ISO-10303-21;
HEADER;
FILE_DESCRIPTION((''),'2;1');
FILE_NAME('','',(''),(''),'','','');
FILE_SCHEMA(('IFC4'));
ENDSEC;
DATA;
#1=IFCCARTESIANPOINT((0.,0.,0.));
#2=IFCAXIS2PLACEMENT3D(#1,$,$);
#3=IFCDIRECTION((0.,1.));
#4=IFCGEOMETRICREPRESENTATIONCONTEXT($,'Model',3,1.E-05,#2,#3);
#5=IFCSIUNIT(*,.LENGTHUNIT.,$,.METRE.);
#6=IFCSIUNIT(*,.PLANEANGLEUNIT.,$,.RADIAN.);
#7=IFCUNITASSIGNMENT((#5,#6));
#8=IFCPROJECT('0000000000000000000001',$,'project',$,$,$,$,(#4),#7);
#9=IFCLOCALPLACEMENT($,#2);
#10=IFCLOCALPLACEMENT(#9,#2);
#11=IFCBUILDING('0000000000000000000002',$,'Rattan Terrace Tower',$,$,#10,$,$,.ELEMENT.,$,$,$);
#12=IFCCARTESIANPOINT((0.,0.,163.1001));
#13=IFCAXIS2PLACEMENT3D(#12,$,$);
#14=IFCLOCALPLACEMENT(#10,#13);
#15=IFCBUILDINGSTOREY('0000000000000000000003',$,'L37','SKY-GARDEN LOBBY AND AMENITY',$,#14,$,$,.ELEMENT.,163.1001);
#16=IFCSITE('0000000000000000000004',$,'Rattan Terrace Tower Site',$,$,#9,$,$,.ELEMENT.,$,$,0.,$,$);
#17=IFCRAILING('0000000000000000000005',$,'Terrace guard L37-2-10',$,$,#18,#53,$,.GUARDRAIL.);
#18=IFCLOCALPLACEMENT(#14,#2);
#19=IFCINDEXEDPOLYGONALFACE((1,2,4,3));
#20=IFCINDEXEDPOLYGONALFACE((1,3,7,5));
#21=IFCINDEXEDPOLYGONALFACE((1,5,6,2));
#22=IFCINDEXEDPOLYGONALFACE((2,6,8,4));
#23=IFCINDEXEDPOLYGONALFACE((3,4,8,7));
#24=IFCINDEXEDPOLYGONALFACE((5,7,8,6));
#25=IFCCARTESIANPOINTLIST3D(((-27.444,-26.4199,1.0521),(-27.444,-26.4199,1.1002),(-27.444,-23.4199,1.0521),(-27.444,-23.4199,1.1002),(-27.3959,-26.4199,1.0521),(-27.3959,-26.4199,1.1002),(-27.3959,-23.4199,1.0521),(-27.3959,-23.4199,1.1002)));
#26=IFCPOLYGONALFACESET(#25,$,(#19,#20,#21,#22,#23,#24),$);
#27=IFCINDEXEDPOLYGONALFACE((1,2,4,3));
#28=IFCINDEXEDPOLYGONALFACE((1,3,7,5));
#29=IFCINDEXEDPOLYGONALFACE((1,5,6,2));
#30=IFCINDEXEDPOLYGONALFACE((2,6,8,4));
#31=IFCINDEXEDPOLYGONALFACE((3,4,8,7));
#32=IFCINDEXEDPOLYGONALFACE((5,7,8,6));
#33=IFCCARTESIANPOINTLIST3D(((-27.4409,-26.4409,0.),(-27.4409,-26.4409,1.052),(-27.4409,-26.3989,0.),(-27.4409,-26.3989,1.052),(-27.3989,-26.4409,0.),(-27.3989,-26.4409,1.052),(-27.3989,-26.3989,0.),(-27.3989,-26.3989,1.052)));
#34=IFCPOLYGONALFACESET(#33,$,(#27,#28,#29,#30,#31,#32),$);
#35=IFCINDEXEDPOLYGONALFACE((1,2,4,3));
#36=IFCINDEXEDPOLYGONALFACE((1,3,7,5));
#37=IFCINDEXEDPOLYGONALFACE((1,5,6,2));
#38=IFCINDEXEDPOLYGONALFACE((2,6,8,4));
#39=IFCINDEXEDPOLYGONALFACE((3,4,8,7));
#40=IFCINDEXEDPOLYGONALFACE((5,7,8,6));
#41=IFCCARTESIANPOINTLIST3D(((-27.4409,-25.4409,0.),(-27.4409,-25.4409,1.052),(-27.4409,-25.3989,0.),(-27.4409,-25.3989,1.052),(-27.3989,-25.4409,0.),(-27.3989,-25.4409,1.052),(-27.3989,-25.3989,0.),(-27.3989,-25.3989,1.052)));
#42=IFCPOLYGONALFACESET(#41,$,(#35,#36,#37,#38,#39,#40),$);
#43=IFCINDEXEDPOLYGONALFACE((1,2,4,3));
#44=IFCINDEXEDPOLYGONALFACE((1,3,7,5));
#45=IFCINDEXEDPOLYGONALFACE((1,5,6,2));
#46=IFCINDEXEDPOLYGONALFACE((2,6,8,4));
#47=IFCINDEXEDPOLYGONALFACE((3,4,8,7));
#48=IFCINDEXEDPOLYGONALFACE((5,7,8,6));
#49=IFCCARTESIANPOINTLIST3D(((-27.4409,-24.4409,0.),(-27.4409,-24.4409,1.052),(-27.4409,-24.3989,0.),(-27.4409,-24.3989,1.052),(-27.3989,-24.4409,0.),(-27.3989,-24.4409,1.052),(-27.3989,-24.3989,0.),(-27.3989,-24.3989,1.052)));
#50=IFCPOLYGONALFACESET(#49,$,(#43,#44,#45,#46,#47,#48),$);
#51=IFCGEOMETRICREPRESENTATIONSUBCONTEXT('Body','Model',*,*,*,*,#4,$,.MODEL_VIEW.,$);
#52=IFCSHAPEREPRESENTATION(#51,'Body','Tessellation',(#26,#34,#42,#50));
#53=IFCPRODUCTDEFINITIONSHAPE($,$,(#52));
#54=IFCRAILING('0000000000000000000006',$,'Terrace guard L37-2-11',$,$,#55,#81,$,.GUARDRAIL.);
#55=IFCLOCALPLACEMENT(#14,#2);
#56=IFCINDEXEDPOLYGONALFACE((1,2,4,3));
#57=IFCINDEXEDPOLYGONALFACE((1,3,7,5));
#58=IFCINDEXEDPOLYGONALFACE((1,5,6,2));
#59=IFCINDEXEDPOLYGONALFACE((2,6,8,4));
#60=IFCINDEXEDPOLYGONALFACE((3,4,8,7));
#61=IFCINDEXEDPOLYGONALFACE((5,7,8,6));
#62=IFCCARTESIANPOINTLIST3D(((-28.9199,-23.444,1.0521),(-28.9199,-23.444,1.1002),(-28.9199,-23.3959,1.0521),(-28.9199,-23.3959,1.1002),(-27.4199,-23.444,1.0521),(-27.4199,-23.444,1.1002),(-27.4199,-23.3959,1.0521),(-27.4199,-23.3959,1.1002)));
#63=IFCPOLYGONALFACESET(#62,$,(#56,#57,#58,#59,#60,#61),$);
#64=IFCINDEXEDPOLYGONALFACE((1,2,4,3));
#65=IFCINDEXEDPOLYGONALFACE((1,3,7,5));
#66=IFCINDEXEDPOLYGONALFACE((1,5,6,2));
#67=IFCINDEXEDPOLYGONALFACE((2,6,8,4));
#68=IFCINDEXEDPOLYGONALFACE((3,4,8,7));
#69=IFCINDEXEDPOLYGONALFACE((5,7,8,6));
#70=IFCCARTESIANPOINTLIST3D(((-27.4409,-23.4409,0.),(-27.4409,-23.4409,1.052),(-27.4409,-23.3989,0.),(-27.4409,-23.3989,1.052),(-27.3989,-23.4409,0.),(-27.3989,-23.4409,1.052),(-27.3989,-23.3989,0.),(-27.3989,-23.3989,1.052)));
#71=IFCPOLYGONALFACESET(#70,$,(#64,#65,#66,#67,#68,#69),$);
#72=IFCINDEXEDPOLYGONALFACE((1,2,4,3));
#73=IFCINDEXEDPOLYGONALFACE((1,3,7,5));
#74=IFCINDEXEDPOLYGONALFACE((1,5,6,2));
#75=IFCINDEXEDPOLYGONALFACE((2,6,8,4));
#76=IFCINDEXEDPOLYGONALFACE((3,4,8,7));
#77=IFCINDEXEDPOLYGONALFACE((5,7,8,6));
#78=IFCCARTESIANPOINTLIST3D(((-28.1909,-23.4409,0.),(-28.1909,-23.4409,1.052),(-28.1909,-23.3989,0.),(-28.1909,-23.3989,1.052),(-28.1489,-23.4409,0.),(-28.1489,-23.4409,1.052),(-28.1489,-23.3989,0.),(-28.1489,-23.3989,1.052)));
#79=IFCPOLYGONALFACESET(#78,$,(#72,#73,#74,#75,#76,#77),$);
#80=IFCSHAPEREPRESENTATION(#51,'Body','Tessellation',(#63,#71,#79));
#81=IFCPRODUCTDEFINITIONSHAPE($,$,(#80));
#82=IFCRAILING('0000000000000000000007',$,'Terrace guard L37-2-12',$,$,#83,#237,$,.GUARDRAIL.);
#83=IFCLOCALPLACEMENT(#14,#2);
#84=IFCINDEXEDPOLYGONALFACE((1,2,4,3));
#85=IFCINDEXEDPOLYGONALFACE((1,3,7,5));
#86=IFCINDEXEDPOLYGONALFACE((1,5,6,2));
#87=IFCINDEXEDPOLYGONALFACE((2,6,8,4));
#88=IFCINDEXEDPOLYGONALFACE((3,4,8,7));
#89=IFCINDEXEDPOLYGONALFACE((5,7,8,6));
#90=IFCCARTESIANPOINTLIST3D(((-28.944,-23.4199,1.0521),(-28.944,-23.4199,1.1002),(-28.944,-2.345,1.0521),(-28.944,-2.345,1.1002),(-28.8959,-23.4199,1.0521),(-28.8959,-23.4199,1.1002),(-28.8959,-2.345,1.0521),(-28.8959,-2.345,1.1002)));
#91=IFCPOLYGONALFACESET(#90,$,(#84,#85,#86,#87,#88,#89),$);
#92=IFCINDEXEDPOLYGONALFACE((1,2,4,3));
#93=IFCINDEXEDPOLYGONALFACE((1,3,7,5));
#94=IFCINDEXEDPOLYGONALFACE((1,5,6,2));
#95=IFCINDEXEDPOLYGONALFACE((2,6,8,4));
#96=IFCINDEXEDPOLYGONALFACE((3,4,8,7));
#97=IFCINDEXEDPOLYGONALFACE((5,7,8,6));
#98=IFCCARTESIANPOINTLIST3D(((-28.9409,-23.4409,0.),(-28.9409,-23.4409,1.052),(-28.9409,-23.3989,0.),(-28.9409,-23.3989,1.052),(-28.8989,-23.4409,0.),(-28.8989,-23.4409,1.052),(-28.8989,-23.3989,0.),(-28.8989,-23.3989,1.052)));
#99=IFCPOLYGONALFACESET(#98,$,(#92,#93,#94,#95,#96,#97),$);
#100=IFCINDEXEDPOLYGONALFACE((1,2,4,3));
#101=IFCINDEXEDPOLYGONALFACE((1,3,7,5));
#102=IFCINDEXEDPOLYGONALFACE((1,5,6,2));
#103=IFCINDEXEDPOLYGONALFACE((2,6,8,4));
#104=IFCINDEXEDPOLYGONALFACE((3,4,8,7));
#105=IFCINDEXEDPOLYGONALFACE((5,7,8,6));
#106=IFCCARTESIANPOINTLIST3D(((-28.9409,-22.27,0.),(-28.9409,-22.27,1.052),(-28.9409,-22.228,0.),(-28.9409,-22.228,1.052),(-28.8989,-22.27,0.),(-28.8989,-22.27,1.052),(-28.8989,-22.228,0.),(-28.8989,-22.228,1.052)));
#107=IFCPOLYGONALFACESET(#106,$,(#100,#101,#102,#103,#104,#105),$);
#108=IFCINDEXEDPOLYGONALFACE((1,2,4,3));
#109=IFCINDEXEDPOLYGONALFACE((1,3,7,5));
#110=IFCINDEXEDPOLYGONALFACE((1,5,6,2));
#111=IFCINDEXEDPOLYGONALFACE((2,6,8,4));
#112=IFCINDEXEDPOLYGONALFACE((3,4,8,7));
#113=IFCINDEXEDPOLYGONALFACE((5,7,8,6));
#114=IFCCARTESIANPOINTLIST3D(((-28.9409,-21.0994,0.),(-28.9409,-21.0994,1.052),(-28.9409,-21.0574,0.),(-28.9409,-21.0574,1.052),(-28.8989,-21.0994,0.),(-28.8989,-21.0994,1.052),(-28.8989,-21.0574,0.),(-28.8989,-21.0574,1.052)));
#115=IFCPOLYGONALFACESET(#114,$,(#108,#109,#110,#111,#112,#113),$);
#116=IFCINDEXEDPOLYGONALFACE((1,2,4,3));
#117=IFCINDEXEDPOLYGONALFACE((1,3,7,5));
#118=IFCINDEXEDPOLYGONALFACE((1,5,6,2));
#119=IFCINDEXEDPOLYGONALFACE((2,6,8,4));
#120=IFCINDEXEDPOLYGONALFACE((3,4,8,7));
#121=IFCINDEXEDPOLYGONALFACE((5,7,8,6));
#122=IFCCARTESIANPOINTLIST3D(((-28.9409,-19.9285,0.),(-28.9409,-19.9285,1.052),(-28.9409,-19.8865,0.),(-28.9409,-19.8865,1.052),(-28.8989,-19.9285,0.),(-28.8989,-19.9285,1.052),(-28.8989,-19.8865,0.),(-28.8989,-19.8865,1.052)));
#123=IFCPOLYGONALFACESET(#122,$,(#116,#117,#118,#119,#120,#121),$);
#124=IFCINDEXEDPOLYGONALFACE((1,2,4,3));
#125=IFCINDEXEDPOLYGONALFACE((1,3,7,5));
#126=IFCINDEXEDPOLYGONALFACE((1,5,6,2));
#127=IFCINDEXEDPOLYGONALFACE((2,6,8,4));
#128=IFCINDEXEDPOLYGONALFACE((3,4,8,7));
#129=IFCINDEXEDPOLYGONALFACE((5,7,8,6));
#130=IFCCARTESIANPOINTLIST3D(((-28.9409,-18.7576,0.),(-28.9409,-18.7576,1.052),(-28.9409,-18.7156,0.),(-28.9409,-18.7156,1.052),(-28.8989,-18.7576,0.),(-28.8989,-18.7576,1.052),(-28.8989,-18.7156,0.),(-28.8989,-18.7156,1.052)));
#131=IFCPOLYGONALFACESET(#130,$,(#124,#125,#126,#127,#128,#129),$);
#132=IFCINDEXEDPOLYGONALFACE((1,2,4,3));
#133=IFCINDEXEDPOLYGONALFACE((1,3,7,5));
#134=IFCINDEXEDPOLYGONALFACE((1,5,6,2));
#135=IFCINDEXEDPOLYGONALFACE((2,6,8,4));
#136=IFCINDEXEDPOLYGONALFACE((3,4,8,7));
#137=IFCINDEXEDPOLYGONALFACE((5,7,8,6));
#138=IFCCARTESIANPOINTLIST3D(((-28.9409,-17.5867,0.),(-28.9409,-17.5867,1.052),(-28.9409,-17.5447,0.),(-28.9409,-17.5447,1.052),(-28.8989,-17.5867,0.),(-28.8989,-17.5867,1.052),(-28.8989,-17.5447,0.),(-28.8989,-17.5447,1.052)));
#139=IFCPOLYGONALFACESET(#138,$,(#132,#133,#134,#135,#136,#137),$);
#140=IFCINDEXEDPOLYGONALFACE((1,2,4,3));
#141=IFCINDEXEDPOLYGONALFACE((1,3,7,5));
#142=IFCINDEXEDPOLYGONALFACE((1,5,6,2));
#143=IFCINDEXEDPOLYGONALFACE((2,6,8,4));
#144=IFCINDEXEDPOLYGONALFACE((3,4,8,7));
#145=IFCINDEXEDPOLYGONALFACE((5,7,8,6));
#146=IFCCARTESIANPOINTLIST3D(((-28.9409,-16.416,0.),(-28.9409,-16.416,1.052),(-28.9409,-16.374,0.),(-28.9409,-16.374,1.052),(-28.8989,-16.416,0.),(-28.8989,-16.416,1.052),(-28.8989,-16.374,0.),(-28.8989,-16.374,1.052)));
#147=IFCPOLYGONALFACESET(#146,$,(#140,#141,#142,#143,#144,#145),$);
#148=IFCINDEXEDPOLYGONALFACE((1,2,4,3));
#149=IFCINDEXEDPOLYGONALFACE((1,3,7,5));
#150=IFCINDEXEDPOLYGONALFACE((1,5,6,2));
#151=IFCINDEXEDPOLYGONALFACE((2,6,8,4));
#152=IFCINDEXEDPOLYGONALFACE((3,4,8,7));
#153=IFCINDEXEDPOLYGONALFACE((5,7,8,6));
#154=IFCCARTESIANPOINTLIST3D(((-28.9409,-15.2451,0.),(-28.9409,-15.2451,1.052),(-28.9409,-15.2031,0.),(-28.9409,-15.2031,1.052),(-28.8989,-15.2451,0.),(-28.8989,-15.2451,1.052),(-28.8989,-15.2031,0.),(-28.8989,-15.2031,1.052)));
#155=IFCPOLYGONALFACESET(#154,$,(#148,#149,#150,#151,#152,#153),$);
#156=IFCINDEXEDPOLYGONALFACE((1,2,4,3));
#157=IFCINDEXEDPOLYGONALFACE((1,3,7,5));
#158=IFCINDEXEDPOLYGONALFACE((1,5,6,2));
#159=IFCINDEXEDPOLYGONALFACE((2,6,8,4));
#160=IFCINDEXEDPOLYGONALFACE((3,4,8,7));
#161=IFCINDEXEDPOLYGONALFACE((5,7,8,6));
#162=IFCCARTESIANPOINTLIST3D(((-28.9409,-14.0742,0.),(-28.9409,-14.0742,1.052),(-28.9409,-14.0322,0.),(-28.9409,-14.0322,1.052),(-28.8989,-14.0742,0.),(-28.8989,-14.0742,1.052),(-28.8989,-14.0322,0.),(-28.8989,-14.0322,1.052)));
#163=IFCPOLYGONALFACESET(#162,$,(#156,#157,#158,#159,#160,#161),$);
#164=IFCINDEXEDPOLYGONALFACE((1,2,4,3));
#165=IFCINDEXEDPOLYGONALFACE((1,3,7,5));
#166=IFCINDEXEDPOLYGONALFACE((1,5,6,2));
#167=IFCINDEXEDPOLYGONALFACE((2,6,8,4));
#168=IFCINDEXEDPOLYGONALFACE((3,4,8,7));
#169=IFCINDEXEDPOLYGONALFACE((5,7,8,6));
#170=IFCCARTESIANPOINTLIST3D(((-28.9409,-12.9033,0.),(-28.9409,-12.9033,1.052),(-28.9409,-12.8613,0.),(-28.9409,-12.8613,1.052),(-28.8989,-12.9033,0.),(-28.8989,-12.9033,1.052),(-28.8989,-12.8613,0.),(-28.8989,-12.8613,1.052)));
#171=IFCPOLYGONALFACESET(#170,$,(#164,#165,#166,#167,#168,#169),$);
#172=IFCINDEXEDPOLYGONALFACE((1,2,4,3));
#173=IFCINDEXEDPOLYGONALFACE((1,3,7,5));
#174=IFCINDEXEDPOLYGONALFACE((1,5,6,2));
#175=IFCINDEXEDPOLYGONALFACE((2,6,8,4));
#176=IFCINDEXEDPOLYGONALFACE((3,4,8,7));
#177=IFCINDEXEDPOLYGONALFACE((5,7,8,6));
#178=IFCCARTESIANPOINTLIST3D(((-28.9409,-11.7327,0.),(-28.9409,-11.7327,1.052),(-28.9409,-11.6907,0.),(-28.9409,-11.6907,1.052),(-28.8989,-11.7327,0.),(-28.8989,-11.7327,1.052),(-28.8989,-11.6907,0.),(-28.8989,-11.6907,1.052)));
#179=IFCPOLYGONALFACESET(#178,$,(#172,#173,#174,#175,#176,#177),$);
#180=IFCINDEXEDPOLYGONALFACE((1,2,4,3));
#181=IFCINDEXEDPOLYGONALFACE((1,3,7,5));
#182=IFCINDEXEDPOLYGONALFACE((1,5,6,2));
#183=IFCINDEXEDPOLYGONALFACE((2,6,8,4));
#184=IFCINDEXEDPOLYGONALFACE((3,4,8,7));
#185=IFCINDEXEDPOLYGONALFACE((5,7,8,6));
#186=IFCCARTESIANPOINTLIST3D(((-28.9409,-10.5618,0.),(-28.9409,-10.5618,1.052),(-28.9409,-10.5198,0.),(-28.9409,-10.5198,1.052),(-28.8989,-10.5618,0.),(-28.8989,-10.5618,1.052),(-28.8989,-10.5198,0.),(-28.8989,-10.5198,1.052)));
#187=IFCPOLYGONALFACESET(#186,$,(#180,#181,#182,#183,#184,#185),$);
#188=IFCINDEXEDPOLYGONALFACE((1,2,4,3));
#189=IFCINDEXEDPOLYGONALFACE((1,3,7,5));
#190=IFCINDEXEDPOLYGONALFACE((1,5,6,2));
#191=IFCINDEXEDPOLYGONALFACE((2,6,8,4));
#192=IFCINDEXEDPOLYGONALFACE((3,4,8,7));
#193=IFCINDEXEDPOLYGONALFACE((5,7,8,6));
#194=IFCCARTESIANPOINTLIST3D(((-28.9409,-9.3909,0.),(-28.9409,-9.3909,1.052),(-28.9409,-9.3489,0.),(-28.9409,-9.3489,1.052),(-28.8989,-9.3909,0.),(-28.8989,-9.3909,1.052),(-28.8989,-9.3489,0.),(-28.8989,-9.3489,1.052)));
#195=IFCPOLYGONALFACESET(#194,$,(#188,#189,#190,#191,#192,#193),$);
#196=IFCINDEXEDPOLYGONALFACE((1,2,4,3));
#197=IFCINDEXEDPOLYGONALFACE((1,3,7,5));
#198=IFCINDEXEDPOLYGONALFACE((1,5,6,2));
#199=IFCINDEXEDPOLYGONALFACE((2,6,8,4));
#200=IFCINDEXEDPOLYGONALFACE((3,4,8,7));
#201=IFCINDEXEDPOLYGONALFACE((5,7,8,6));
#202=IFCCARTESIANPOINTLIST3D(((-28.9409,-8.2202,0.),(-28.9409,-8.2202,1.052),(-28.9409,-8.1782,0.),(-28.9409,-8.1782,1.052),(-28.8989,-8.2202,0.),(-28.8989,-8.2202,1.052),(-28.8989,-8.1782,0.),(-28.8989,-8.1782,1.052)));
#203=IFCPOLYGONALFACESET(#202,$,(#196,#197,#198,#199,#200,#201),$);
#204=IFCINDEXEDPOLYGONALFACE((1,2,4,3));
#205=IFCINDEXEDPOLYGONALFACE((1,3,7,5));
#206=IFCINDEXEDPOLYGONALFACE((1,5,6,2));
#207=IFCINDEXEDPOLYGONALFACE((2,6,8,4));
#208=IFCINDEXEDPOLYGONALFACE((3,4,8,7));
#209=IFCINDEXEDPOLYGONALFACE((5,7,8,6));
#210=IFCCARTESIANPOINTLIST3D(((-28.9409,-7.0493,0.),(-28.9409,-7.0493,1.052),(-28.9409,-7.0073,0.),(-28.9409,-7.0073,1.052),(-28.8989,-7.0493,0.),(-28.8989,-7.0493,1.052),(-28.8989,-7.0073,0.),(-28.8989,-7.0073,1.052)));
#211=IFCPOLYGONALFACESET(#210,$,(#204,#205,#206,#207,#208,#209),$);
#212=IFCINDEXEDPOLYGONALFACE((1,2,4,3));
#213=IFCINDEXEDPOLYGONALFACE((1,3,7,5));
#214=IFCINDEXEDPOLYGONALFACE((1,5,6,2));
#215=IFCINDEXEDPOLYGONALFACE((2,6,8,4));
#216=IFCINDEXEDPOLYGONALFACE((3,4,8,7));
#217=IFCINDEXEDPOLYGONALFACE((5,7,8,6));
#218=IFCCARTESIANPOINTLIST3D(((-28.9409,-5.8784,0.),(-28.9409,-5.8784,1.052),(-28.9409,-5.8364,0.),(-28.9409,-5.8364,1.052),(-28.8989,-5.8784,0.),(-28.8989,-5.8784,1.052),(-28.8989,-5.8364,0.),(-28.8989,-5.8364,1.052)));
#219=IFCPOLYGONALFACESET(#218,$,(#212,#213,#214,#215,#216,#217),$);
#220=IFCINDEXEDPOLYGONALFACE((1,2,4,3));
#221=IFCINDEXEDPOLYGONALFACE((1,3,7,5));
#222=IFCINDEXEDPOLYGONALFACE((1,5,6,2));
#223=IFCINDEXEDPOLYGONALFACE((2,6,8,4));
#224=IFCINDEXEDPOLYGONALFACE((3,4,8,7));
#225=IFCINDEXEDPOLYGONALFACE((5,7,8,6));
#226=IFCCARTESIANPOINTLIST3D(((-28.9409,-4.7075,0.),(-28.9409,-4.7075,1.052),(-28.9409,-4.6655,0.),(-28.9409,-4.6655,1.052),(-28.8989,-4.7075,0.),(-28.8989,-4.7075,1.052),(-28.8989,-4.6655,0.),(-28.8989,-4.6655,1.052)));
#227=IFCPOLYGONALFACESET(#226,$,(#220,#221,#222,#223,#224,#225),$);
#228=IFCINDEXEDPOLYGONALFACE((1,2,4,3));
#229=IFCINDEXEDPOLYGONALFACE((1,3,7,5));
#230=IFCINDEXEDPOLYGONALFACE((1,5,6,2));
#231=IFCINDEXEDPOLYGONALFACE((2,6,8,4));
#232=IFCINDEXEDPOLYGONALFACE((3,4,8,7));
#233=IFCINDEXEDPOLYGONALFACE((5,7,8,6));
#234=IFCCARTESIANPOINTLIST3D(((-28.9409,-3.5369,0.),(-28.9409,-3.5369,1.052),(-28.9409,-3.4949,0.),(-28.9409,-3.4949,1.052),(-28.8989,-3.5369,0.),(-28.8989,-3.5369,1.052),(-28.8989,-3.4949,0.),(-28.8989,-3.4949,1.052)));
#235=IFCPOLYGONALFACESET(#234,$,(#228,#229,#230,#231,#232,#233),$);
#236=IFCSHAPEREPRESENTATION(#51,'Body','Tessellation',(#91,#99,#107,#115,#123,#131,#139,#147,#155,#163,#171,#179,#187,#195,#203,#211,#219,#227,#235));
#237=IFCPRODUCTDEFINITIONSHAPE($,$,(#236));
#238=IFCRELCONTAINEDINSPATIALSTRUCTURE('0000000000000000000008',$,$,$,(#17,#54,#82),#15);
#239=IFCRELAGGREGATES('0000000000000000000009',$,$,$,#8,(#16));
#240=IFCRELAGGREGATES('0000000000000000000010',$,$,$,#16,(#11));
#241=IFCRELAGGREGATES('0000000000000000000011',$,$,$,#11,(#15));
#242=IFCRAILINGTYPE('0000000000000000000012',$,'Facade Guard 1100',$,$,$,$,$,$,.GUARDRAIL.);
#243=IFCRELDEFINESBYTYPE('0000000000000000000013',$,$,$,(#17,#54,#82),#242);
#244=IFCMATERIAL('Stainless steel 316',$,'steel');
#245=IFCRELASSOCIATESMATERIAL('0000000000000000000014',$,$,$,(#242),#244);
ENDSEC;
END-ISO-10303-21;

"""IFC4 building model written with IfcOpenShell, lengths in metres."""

from ifc_helpers import new_model, si_unit, direction, frame, origin, origin_2d, place, context, subcontext, project, spatial, rectangle, extrude, material, type_object, element, save


model = new_model("IFC4")

# Units and contexts
model_context = context("Model", 3, precision=1e-05, world=origin(), true_north=direction((0.0, 1.0)))
body_context = subcontext(model_context, "Body", "Model", "MODEL_VIEW")
ifc_project = project(units=[si_unit("LENGTHUNIT", "METRE"), si_unit("PLANEANGLEUNIT", "RADIAN")], contexts=[model_context])

# Site, building, storey
site_placement = place(None, origin())
site = spatial("IfcSite", under=ifc_project, at=site_placement, Name="Rattan Terrace Tower Site", CompositionType="ELEMENT", RefElevation=0.0)
building_placement = place(site_placement, origin())
building = spatial("IfcBuilding", under=site, at=building_placement, Name="Rattan Terrace Tower", CompositionType="ELEMENT")
storey_placement = place(building_placement, frame((0.0, 0.0, 163.1001)))
storey = spatial("IfcBuildingStorey", under=building, at=storey_placement, Name="L37", Description="SKY-GARDEN LOBBY AND AMENITY", CompositionType="ELEMENT", Elevation=163.1001)

# Railings
ifc_material_1 = material(Name="Stainless steel 316", Category="steel")
railing_type = type_object("IfcRailingType", Name="Facade Guard 1100", PredefinedType="GUARDRAIL", material=ifc_material_1)
railing_1_placement = place(storey_placement, frame((-27.4199, -26.4199, 0.0)))
element("IfcRailing", 1, at=railing_1_placement, inside=storey, type_object=railing_type, Name="Terrace guard L37-2-10", PredefinedType="GUARDRAIL", context=body_context, shape_type="SweptSolid", body=[
    extrude(rectangle(XDim=0.0481, YDim=0.0481, at=origin_2d()), frame((0.0, 0.0, 1.0762), z_axis=(0.0, 1.0, 0.0), x_axis=(-1.0, 0.0, 0.0)), (0.0, 0.0, 1.0), 3.0),
    extrude(rectangle(XDim=0.042, YDim=0.042, at=origin_2d()), origin(), (0.0, 0.0, 1.0), 1.052),
    extrude(rectangle(XDim=0.042, YDim=0.042, at=origin_2d()), frame((0.0, 1.0, 0.0)), (0.0, 0.0, 1.0), 1.052),
    extrude(rectangle(XDim=0.042, YDim=0.042, at=origin_2d()), frame((0.0, 2.0, 0.0)), (0.0, 0.0, 1.0), 1.052),
])
railing_2_placement = place(storey_placement, frame((-27.4199, -23.4199, 0.0)))
element("IfcRailing", 2, at=railing_2_placement, inside=storey, type_object=railing_type, Name="Terrace guard L37-2-11", PredefinedType="GUARDRAIL", context=body_context, shape_type="SweptSolid", body=[
    extrude(rectangle(XDim=0.0481, YDim=0.0481, at=origin_2d()), frame((0.0, 0.0, 1.0762), z_axis=(-1.0, 0.0, 0.0), x_axis=(0.0, -1.0, 0.0)), (0.0, 0.0, 1.0), 1.5),
    extrude(rectangle(XDim=0.042, YDim=0.042, at=origin_2d()), origin(), (0.0, 0.0, 1.0), 1.052),
    extrude(rectangle(XDim=0.042, YDim=0.042, at=origin_2d()), frame((-0.75, 0.0, 0.0)), (0.0, 0.0, 1.0), 1.052),
])
railing_3_placement = place(storey_placement, frame((-28.9199, -23.4199, 0.0)))
element("IfcRailing", 3, at=railing_3_placement, inside=storey, type_object=railing_type, Name="Terrace guard L37-2-12", PredefinedType="GUARDRAIL", context=body_context, shape_type="SweptSolid", body=[
    extrude(rectangle(XDim=0.0481, YDim=0.0481, at=origin_2d()), frame((0.0, 0.0, 1.0762), z_axis=(0.0, 1.0, 0.0), x_axis=(-1.0, 0.0, 0.0)), (0.0, 0.0, 1.0), 21.075),
    extrude(rectangle(XDim=0.042, YDim=0.042, at=origin_2d()), origin(), (0.0, 0.0, 1.0), 1.052),
    extrude(rectangle(XDim=0.042, YDim=0.042, at=origin_2d()), frame((0.0, 1.1709, 0.0)), (0.0, 0.0, 1.0), 1.052),
    extrude(rectangle(XDim=0.042, YDim=0.042, at=origin_2d()), frame((0.0, 2.3416, 0.0)), (0.0, 0.0, 1.0), 1.052),
    extrude(rectangle(XDim=0.042, YDim=0.042, at=origin_2d()), frame((0.0, 3.5125, 0.0)), (0.0, 0.0, 1.0), 1.052),
    extrude(rectangle(XDim=0.042, YDim=0.042, at=origin_2d()), frame((0.0, 4.6833, 0.0)), (0.0, 0.0, 1.0), 1.052),
    extrude(rectangle(XDim=0.042, YDim=0.042, at=origin_2d()), frame((0.0, 5.8542, 0.0)), (0.0, 0.0, 1.0), 1.052),
    extrude(rectangle(XDim=0.042, YDim=0.042, at=origin_2d()), frame((0.0, 7.0249, 0.0)), (0.0, 0.0, 1.0), 1.052),
    extrude(rectangle(XDim=0.042, YDim=0.042, at=origin_2d()), frame((0.0, 8.1958, 0.0)), (0.0, 0.0, 1.0), 1.052),
    extrude(rectangle(XDim=0.042, YDim=0.042, at=origin_2d()), frame((0.0, 9.3667, 0.0)), (0.0, 0.0, 1.0), 1.052),
    extrude(rectangle(XDim=0.042, YDim=0.042, at=origin_2d()), frame((0.0, 10.5376, 0.0)), (0.0, 0.0, 1.0), 1.052),
    extrude(rectangle(XDim=0.042, YDim=0.042, at=origin_2d()), frame((0.0, 11.7083, 0.0)), (0.0, 0.0, 1.0), 1.052),
    extrude(rectangle(XDim=0.042, YDim=0.042, at=origin_2d()), frame((0.0, 12.8792, 0.0)), (0.0, 0.0, 1.0), 1.052),
    extrude(rectangle(XDim=0.042, YDim=0.042, at=origin_2d()), frame((0.0, 14.05, 0.0)), (0.0, 0.0, 1.0), 1.052),
    extrude(rectangle(XDim=0.042, YDim=0.042, at=origin_2d()), frame((0.0, 15.2207, 0.0)), (0.0, 0.0, 1.0), 1.052),
    extrude(rectangle(XDim=0.042, YDim=0.042, at=origin_2d()), frame((0.0, 16.3916, 0.0)), (0.0, 0.0, 1.0), 1.052),
    extrude(rectangle(XDim=0.042, YDim=0.042, at=origin_2d()), frame((0.0, 17.5625, 0.0)), (0.0, 0.0, 1.0), 1.052),
    extrude(rectangle(XDim=0.042, YDim=0.042, at=origin_2d()), frame((0.0, 18.7334, 0.0)), (0.0, 0.0, 1.0), 1.052),
    extrude(rectangle(XDim=0.042, YDim=0.042, at=origin_2d()), frame((0.0, 19.9041, 0.0)), (0.0, 0.0, 1.0), 1.052),
])

save(model, "model.ifc")
